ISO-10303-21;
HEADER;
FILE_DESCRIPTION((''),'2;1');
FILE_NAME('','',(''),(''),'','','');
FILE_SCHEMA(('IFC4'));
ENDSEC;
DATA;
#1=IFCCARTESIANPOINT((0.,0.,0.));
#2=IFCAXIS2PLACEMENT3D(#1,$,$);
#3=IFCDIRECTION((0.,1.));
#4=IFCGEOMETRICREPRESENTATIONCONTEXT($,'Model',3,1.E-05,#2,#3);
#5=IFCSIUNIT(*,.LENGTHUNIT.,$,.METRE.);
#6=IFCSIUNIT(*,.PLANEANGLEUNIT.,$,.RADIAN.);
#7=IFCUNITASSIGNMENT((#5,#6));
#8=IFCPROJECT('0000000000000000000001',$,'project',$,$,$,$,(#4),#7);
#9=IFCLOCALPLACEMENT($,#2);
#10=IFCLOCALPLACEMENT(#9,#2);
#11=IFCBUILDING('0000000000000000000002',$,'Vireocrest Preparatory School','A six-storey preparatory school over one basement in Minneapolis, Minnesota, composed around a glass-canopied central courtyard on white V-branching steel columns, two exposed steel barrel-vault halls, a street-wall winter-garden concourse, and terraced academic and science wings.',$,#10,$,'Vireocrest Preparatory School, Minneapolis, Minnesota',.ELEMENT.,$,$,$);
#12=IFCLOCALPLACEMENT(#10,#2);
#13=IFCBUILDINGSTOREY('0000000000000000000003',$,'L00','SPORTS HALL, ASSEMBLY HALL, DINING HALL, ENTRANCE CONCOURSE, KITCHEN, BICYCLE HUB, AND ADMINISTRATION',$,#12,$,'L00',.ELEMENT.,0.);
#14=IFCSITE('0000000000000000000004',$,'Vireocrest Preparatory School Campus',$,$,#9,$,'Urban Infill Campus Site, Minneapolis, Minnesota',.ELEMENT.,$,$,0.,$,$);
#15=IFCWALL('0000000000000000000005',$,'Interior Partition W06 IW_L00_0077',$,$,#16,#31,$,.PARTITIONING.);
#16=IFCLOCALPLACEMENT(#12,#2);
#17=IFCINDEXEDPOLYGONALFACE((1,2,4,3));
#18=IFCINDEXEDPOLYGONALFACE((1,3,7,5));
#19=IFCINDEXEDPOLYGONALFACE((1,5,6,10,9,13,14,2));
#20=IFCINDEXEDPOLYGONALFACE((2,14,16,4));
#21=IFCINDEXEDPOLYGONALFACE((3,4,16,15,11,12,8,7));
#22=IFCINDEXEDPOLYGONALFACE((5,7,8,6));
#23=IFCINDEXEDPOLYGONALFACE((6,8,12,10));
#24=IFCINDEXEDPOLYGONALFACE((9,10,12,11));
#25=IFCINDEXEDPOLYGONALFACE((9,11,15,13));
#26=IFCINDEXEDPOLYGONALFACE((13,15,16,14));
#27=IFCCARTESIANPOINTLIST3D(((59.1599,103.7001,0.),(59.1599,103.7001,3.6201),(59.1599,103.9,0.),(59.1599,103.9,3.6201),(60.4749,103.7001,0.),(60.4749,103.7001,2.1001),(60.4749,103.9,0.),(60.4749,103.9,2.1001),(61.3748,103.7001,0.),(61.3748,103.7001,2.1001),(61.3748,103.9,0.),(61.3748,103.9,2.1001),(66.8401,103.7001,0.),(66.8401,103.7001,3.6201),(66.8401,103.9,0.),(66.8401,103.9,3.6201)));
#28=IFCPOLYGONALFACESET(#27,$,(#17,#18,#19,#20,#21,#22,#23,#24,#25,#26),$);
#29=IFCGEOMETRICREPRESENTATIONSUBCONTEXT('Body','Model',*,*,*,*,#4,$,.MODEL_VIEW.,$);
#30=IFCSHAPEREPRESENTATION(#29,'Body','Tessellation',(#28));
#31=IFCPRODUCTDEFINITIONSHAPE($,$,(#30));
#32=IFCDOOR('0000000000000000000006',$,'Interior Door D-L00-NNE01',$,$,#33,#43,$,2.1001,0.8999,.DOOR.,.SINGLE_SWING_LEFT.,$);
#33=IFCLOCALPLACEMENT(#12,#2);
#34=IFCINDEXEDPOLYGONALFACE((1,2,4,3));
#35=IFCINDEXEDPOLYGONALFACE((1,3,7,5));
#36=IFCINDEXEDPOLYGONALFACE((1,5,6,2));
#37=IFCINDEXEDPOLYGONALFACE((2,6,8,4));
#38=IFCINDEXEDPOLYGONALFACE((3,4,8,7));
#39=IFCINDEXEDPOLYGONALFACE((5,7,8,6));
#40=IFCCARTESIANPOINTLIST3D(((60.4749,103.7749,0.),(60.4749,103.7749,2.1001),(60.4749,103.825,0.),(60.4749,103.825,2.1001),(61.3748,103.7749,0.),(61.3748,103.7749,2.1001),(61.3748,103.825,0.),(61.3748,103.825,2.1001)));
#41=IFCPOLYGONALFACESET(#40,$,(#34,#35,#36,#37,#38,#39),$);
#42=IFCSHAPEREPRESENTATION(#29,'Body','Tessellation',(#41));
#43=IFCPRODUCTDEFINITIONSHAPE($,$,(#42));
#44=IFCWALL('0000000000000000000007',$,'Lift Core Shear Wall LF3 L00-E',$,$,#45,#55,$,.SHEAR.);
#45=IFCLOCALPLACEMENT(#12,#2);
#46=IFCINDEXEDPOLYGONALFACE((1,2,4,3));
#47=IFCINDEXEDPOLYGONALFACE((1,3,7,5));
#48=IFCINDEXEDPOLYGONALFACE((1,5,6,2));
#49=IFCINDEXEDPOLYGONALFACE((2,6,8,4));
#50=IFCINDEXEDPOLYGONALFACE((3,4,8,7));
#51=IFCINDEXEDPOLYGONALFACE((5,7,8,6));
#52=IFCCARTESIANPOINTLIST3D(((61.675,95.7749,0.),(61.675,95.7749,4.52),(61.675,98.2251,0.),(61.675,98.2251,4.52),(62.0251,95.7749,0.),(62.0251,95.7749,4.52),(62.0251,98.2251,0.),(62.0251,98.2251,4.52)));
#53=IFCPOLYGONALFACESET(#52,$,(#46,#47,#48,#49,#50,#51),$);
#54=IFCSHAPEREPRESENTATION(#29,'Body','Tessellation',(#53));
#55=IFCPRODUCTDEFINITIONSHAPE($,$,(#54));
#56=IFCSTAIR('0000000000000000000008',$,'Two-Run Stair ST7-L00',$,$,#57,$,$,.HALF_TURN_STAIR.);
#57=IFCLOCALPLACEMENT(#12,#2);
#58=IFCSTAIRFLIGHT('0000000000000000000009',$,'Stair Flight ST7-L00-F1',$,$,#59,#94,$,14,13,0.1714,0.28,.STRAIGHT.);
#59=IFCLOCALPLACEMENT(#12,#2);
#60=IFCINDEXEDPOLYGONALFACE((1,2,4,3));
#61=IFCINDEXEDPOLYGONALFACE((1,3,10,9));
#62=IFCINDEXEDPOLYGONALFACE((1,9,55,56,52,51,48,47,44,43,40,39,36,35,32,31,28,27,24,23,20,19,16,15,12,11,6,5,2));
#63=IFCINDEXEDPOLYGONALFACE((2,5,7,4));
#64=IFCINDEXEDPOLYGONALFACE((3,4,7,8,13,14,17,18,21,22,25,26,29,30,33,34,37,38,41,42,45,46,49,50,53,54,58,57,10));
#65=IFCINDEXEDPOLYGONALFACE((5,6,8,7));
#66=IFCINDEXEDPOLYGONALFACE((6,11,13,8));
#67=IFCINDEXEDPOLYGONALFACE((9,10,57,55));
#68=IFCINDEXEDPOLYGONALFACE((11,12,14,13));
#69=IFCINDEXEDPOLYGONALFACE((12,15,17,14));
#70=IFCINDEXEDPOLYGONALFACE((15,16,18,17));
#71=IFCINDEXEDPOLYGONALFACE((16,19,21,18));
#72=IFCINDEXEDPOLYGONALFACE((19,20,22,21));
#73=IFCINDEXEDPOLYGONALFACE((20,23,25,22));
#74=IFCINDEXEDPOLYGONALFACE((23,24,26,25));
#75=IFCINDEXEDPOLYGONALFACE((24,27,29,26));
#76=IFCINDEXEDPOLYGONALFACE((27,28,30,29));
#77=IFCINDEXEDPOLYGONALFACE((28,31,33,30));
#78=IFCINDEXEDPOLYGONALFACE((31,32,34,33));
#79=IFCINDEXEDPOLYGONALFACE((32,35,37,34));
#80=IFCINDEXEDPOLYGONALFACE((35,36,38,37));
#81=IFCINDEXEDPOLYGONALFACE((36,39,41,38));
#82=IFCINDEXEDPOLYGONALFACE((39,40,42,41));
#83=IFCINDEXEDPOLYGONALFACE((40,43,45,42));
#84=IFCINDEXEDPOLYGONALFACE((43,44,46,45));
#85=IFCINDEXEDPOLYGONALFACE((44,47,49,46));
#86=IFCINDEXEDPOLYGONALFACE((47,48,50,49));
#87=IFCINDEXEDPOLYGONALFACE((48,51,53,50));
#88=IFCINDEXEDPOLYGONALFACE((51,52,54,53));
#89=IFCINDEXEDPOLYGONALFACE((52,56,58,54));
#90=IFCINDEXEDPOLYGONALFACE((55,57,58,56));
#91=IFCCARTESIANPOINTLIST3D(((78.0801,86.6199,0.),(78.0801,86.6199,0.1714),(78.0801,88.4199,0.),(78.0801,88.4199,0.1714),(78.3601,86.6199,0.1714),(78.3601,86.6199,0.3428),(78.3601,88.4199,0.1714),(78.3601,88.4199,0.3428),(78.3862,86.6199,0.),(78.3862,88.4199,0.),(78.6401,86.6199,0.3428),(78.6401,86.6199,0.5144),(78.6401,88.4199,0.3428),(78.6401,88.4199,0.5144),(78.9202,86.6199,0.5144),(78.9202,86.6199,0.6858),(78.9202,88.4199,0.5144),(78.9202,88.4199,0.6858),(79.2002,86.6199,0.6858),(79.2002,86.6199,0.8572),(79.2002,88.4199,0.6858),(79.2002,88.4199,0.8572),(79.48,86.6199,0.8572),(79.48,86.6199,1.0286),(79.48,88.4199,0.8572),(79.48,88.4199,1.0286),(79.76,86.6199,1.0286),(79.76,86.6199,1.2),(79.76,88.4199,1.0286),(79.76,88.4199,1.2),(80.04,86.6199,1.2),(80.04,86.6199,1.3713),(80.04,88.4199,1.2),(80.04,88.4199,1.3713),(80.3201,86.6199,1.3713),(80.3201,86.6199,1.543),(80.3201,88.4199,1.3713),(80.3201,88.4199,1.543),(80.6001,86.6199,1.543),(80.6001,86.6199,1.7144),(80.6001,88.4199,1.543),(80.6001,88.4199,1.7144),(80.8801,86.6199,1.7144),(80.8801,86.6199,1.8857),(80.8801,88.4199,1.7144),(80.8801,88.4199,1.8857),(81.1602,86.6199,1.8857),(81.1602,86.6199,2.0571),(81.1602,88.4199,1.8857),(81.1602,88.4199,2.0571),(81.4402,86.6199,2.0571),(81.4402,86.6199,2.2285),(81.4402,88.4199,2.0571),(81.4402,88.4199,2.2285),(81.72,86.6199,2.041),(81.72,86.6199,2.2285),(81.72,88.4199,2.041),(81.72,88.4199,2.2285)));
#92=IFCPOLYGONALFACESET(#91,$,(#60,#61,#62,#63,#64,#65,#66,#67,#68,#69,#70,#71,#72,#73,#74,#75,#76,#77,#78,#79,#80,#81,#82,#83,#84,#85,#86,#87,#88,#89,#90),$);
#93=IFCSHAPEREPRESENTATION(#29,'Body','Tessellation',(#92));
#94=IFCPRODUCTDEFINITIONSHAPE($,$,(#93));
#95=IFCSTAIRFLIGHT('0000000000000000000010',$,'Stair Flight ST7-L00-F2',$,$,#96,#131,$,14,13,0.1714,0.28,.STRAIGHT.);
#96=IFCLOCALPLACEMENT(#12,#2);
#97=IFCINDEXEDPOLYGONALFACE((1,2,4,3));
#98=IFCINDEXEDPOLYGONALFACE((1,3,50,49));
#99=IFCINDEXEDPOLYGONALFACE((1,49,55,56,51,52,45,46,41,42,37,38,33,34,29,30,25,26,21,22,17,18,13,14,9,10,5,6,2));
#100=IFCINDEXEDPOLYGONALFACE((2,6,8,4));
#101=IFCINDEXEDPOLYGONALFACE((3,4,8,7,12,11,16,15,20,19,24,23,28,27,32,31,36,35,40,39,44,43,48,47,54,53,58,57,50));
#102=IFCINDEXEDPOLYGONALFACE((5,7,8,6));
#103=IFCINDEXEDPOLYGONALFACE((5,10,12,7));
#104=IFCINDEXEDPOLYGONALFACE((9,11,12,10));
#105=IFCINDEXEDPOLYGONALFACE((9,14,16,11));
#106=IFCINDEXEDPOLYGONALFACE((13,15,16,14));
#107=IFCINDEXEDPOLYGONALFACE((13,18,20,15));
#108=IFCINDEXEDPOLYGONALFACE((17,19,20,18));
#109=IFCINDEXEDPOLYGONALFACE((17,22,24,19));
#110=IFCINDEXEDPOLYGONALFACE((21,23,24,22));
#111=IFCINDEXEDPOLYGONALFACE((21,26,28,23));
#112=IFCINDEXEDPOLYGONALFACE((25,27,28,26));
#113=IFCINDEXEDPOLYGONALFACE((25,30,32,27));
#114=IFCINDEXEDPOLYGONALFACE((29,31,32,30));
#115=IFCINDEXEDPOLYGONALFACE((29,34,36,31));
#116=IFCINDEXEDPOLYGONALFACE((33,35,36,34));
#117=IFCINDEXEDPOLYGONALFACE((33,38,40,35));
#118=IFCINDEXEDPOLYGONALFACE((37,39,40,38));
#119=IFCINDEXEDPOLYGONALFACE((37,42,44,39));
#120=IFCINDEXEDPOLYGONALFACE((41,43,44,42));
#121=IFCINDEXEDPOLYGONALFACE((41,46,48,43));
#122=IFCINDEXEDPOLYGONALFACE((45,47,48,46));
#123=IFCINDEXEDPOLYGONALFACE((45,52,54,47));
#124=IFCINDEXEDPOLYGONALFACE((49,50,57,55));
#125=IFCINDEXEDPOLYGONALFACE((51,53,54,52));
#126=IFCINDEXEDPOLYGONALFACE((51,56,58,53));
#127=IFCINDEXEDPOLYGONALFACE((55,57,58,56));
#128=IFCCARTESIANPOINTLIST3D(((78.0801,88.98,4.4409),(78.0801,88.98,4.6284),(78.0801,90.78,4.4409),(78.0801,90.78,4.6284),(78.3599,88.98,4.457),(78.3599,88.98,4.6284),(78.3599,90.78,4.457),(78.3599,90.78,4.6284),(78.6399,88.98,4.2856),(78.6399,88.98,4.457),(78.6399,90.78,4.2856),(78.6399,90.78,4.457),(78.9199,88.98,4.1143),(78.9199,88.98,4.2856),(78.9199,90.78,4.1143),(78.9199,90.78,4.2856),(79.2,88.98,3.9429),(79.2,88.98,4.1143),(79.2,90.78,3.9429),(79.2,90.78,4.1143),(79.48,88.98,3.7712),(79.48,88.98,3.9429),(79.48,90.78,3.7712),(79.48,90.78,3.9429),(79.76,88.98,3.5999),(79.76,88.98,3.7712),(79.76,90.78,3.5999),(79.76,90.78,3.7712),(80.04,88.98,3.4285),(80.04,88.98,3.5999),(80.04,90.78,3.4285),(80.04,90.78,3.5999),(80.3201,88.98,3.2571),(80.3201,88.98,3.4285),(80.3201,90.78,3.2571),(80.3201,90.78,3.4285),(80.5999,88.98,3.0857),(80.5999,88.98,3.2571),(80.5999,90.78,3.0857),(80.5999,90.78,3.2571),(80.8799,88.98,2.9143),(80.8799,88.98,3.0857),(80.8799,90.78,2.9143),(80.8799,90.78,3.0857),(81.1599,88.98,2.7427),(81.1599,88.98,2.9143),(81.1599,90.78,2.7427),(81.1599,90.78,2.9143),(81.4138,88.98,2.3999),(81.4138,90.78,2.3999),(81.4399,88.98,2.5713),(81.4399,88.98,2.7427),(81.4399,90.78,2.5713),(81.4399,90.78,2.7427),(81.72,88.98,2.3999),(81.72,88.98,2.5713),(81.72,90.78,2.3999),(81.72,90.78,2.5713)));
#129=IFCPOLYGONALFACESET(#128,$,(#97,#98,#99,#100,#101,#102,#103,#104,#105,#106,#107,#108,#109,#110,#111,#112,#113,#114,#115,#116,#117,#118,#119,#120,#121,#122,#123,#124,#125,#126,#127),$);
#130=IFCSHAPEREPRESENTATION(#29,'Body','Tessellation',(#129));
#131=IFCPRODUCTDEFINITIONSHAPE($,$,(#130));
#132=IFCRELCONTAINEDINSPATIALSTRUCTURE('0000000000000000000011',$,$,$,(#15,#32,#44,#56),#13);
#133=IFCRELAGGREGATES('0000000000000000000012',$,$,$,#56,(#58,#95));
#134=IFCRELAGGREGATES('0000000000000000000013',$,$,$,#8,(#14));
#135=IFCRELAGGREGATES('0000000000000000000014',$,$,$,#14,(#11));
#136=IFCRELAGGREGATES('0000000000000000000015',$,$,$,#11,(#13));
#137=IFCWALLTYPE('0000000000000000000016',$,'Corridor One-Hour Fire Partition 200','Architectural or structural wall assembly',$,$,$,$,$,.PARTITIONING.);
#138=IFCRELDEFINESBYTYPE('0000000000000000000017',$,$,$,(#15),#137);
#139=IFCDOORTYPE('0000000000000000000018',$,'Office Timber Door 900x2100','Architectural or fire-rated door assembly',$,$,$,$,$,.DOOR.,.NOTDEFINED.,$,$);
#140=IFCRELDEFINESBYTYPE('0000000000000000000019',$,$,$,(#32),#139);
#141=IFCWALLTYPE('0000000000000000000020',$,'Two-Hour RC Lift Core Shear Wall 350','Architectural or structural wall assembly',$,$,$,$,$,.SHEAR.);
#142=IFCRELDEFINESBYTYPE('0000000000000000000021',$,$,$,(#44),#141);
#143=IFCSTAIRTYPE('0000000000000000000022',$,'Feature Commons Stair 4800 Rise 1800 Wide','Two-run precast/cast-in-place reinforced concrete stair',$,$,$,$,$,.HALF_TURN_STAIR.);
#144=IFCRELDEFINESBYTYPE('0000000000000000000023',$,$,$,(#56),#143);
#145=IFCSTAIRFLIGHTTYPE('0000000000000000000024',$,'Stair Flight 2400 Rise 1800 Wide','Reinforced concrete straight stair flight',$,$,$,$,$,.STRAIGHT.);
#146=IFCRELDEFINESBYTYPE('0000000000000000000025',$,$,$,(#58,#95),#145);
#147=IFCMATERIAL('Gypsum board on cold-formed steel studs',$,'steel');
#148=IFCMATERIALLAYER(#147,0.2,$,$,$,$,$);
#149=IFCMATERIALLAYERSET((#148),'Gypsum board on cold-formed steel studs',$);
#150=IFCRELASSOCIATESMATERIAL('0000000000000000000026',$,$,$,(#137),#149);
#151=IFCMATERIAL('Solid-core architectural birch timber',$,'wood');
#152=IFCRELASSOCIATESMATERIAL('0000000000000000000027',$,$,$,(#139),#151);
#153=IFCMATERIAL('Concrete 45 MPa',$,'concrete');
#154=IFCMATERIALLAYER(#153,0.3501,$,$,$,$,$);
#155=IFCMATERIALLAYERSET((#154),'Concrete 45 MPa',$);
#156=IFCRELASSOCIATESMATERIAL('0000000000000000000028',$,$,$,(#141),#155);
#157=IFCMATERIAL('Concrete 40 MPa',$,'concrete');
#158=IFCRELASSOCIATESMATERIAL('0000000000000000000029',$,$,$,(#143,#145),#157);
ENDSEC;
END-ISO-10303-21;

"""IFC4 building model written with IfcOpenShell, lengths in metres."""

from ifc_helpers import new_model, si_unit, direction, frame, frame_2d, origin, place, context, subcontext, project, spatial, polyline, rectangle, outline, extrude, material, layer, layer_set, type_object, element, fill, aggregate, save


model = new_model("IFC4")

# Units and contexts
model_context = context("Model", 3, precision=1e-05, world=origin(), true_north=direction((0.0, 1.0)))
body_context = subcontext(model_context, "Body", "Model", "MODEL_VIEW")
ifc_project = project(units=[si_unit("LENGTHUNIT", "METRE"), si_unit("PLANEANGLEUNIT", "RADIAN")], contexts=[model_context])

# Site, building, storey
site_placement = place(None, origin())
site = spatial("IfcSite", under=ifc_project, at=site_placement, Name="Vireocrest Preparatory School Campus", LongName="Urban Infill Campus Site, Minneapolis, Minnesota", CompositionType="ELEMENT", RefElevation=0.0)
building_placement = place(site_placement, origin())
building = spatial("IfcBuilding", under=site, at=building_placement, Name="Vireocrest Preparatory School", Description="A six-storey preparatory school over one basement in Minneapolis, Minnesota, composed around a glass-canopied central courtyard on white V-branching steel columns, two exposed steel barrel-vault halls, a street-wall winter-garden concourse, and terraced academic and science wings.", LongName="Vireocrest Preparatory School, Minneapolis, Minnesota", CompositionType="ELEMENT")
storey_placement = place(building_placement, origin())
storey = spatial("IfcBuildingStorey", under=building, at=storey_placement, Name="L00", Description="SPORTS HALL, ASSEMBLY HALL, DINING HALL, ENTRANCE CONCOURSE, KITCHEN, BICYCLE HUB, AND ADMINISTRATION", LongName="L00", CompositionType="ELEMENT", Elevation=0.0)

# Shared definitions
ifc_material_1 = material(Name="Concrete 45 MPa", Category="concrete")

# Shared definitions
ifc_material_2 = material(Name="Concrete 40 MPa", Category="concrete")

# Wall, opening, door
ifc_material_3 = material(Name="Gypsum board on cold-formed steel studs", Category="steel")
ifc_layer_1 = layer(ifc_material_3, 0.2)
ifc_layer_set_1 = layer_set([ifc_layer_1], Name="Gypsum board on cold-formed steel studs")
wall_type_1 = type_object("IfcWallType", Name="Corridor One-Hour Fire Partition 200", Description="Architectural or structural wall assembly", PredefinedType="PARTITIONING", material=ifc_layer_set_1)
wall_1_placement = place(storey_placement, frame((59.1599, 103.8, 0.0), z_axis=(0.0, 0.0, 1.0), x_axis=(1.0, 0.0, 0.0)))
wall_1 = element("IfcWall", 1, at=wall_1_placement, inside=storey, type_object=wall_type_1, Name="Interior Partition W06 IW_L00_0077", PredefinedType="PARTITIONING", context=body_context, shape_type="SweptSolid", body=[
    extrude(rectangle(XDim=7.6802, YDim=0.2, at=frame_2d((3.8401, 0.0))), origin(), (0.0, 0.0, 1.0), 3.6201),
])
opening_placement = place(wall_1_placement, frame((1.3149, 0.0, 0.0)))
opening = element("IfcOpeningElement", 2, at=opening_placement, cuts=wall_1, PredefinedType="OPENING", context=body_context, shape_type="SweptSolid", body=[
    extrude(rectangle(XDim=0.8999, YDim=2.1001, at=frame_2d((0.45, 1.05))), frame((0.0, 0.1099, 0.0), z_axis=(0.0, -1.0, 0.0), x_axis=(1.0, 0.0, 0.0)), (0.0, 0.0, 1.0), 0.22),
])
ifc_material_4 = material(Name="Solid-core architectural birch timber", Category="wood")
door_type = type_object("IfcDoorType", Name="Office Timber Door 900x2100", Description="Architectural or fire-rated door assembly", OperationType="NOTDEFINED", PredefinedType="DOOR", material=ifc_material_4)
door_placement = place(opening_placement, origin())
door = element("IfcDoor", 3, at=door_placement, inside=storey, type_object=door_type, Name="Interior Door D-L00-NNE01", OperationType="SINGLE_SWING_LEFT", OverallHeight=2.1001, OverallWidth=0.8999, PredefinedType="DOOR", context=body_context, shape_type="SweptSolid", body=[
    extrude(rectangle(XDim=0.8999, YDim=2.1001, at=frame_2d((0.45, 1.05))), frame((0.0, 0.0249, 0.0), z_axis=(0.0, -1.0, 0.0), x_axis=(1.0, 0.0, 0.0)), (0.0, 0.0, 1.0), 0.05),
])
fill(opening, door)

# Wall
ifc_layer_2 = layer(ifc_material_1, 0.3501)
ifc_layer_set_2 = layer_set([ifc_layer_2], Name="Concrete 45 MPa")
wall_type_2 = type_object("IfcWallType", Name="Two-Hour RC Lift Core Shear Wall 350", Description="Architectural or structural wall assembly", PredefinedType="SHEAR", material=ifc_layer_set_2)
wall_2_placement = place(storey_placement, frame((61.8501, 95.7749, 0.0), z_axis=(0.0, 0.0, 1.0), x_axis=(0.0, 1.0, 0.0)))
element("IfcWall", 4, at=wall_2_placement, inside=storey, type_object=wall_type_2, Name="Lift Core Shear Wall LF3 L00-E", PredefinedType="SHEAR", context=body_context, shape_type="SweptSolid", body=[
    extrude(rectangle(XDim=2.4502, YDim=0.3501, at=frame_2d((1.2251, 0.0))), origin(), (0.0, 0.0, 1.0), 4.52),
])

# Stair, stair flights
stair_type = type_object("IfcStairType", Name="Feature Commons Stair 4800 Rise 1800 Wide", Description="Two-run precast/cast-in-place reinforced concrete stair", PredefinedType="HALF_TURN_STAIR", material=ifc_material_2)
stair_placement = place(storey_placement, origin())
stair = element("IfcStair", 5, at=stair_placement, inside=storey, type_object=stair_type, Name="Two-Run Stair ST7-L00", PredefinedType="HALF_TURN_STAIR")
stair_flight_type = type_object("IfcStairFlightType", Name="Stair Flight 2400 Rise 1800 Wide", Description="Reinforced concrete straight stair flight", PredefinedType="STRAIGHT", material=ifc_material_2)
stair_flight_1_placement = place(storey_placement, frame((78.0801, 87.52, 0.0), z_axis=(0.0, 0.0, 1.0), x_axis=(1.0, 0.0, 0.0)))
stair_flight_1 = element("IfcStairFlight", 6, at=stair_flight_1_placement, type_object=stair_flight_type, Name="Stair Flight ST7-L00-F1", NumberOfRisers=14, NumberOfTreads=13, PredefinedType="STRAIGHT", RiserHeight=0.1714, TreadLength=0.28, context=body_context, shape_type="SweptSolid", body=[
    extrude(outline(polyline([(0.0, 0.0), (0.0, 0.1714), (0.28, 0.1714), (0.28, 0.3428), (0.5601, 0.3428), (0.5601, 0.5144), (0.8401, 0.5144), (0.8401, 0.6858), (1.1201, 0.6858), (1.1201, 0.8572), (1.3999, 0.8572), (1.3999, 1.0286), (1.6799, 1.0286), (1.6799, 1.2), (1.96, 1.2), (1.96, 1.3713), (2.24, 1.3713), (2.24, 1.543), (2.52, 1.543), (2.52, 1.7144), (2.8, 1.7144), (2.8, 1.8857), (3.0801, 1.8857), (3.0801, 2.0571), (3.3601, 2.0571), (3.3601, 2.2285), (3.6399, 2.2285), (3.6399, 2.3999), (3.6399, 2.041), (0.3062, 0.0), (0.0, 0.0)])), frame((0.0, 0.8999, 0.0), z_axis=(0.0, -1.0, 0.0), x_axis=(1.0, 0.0, 0.0)), (0.0, 0.0, 1.0), 1.8),
])
stair_flight_2_placement = place(storey_placement, frame((81.72, 89.8799, 2.3999), z_axis=(0.0, 0.0, 1.0), x_axis=(-1.0, 0.0, 0.0)))
stair_flight_2 = element("IfcStairFlight", 7, at=stair_flight_2_placement, type_object=stair_flight_type, Name="Stair Flight ST7-L00-F2", NumberOfRisers=14, NumberOfTreads=13, PredefinedType="STRAIGHT", RiserHeight=0.1714, TreadLength=0.28, context=body_context, shape_type="SweptSolid", body=[
    extrude(outline(polyline([(0.0, 0.0), (0.0, 0.1714), (0.28, 0.1714), (0.28, 0.3428), (0.5601, 0.3428), (0.5601, 0.5144), (0.8401, 0.5144), (0.8401, 0.6858), (1.1201, 0.6858), (1.1201, 0.8572), (1.3999, 0.8572), (1.3999, 1.0286), (1.6799, 1.0286), (1.6799, 1.2), (1.96, 1.2), (1.96, 1.3713), (2.24, 1.3713), (2.24, 1.543), (2.52, 1.543), (2.52, 1.7144), (2.8, 1.7144), (2.8, 1.8857), (3.0801, 1.8857), (3.0801, 2.0571), (3.3601, 2.0571), (3.3601, 2.2285), (3.6399, 2.2285), (3.6399, 2.3999), (3.6399, 2.041), (0.3062, 0.0), (0.0, 0.0)])), frame((0.0, 0.8999, 0.0), z_axis=(0.0, -1.0, 0.0), x_axis=(1.0, 0.0, 0.0)), (0.0, 0.0, 1.0), 1.8),
])
aggregate(stair, [stair_flight_1, stair_flight_2])

save(model, "model.ifc")
